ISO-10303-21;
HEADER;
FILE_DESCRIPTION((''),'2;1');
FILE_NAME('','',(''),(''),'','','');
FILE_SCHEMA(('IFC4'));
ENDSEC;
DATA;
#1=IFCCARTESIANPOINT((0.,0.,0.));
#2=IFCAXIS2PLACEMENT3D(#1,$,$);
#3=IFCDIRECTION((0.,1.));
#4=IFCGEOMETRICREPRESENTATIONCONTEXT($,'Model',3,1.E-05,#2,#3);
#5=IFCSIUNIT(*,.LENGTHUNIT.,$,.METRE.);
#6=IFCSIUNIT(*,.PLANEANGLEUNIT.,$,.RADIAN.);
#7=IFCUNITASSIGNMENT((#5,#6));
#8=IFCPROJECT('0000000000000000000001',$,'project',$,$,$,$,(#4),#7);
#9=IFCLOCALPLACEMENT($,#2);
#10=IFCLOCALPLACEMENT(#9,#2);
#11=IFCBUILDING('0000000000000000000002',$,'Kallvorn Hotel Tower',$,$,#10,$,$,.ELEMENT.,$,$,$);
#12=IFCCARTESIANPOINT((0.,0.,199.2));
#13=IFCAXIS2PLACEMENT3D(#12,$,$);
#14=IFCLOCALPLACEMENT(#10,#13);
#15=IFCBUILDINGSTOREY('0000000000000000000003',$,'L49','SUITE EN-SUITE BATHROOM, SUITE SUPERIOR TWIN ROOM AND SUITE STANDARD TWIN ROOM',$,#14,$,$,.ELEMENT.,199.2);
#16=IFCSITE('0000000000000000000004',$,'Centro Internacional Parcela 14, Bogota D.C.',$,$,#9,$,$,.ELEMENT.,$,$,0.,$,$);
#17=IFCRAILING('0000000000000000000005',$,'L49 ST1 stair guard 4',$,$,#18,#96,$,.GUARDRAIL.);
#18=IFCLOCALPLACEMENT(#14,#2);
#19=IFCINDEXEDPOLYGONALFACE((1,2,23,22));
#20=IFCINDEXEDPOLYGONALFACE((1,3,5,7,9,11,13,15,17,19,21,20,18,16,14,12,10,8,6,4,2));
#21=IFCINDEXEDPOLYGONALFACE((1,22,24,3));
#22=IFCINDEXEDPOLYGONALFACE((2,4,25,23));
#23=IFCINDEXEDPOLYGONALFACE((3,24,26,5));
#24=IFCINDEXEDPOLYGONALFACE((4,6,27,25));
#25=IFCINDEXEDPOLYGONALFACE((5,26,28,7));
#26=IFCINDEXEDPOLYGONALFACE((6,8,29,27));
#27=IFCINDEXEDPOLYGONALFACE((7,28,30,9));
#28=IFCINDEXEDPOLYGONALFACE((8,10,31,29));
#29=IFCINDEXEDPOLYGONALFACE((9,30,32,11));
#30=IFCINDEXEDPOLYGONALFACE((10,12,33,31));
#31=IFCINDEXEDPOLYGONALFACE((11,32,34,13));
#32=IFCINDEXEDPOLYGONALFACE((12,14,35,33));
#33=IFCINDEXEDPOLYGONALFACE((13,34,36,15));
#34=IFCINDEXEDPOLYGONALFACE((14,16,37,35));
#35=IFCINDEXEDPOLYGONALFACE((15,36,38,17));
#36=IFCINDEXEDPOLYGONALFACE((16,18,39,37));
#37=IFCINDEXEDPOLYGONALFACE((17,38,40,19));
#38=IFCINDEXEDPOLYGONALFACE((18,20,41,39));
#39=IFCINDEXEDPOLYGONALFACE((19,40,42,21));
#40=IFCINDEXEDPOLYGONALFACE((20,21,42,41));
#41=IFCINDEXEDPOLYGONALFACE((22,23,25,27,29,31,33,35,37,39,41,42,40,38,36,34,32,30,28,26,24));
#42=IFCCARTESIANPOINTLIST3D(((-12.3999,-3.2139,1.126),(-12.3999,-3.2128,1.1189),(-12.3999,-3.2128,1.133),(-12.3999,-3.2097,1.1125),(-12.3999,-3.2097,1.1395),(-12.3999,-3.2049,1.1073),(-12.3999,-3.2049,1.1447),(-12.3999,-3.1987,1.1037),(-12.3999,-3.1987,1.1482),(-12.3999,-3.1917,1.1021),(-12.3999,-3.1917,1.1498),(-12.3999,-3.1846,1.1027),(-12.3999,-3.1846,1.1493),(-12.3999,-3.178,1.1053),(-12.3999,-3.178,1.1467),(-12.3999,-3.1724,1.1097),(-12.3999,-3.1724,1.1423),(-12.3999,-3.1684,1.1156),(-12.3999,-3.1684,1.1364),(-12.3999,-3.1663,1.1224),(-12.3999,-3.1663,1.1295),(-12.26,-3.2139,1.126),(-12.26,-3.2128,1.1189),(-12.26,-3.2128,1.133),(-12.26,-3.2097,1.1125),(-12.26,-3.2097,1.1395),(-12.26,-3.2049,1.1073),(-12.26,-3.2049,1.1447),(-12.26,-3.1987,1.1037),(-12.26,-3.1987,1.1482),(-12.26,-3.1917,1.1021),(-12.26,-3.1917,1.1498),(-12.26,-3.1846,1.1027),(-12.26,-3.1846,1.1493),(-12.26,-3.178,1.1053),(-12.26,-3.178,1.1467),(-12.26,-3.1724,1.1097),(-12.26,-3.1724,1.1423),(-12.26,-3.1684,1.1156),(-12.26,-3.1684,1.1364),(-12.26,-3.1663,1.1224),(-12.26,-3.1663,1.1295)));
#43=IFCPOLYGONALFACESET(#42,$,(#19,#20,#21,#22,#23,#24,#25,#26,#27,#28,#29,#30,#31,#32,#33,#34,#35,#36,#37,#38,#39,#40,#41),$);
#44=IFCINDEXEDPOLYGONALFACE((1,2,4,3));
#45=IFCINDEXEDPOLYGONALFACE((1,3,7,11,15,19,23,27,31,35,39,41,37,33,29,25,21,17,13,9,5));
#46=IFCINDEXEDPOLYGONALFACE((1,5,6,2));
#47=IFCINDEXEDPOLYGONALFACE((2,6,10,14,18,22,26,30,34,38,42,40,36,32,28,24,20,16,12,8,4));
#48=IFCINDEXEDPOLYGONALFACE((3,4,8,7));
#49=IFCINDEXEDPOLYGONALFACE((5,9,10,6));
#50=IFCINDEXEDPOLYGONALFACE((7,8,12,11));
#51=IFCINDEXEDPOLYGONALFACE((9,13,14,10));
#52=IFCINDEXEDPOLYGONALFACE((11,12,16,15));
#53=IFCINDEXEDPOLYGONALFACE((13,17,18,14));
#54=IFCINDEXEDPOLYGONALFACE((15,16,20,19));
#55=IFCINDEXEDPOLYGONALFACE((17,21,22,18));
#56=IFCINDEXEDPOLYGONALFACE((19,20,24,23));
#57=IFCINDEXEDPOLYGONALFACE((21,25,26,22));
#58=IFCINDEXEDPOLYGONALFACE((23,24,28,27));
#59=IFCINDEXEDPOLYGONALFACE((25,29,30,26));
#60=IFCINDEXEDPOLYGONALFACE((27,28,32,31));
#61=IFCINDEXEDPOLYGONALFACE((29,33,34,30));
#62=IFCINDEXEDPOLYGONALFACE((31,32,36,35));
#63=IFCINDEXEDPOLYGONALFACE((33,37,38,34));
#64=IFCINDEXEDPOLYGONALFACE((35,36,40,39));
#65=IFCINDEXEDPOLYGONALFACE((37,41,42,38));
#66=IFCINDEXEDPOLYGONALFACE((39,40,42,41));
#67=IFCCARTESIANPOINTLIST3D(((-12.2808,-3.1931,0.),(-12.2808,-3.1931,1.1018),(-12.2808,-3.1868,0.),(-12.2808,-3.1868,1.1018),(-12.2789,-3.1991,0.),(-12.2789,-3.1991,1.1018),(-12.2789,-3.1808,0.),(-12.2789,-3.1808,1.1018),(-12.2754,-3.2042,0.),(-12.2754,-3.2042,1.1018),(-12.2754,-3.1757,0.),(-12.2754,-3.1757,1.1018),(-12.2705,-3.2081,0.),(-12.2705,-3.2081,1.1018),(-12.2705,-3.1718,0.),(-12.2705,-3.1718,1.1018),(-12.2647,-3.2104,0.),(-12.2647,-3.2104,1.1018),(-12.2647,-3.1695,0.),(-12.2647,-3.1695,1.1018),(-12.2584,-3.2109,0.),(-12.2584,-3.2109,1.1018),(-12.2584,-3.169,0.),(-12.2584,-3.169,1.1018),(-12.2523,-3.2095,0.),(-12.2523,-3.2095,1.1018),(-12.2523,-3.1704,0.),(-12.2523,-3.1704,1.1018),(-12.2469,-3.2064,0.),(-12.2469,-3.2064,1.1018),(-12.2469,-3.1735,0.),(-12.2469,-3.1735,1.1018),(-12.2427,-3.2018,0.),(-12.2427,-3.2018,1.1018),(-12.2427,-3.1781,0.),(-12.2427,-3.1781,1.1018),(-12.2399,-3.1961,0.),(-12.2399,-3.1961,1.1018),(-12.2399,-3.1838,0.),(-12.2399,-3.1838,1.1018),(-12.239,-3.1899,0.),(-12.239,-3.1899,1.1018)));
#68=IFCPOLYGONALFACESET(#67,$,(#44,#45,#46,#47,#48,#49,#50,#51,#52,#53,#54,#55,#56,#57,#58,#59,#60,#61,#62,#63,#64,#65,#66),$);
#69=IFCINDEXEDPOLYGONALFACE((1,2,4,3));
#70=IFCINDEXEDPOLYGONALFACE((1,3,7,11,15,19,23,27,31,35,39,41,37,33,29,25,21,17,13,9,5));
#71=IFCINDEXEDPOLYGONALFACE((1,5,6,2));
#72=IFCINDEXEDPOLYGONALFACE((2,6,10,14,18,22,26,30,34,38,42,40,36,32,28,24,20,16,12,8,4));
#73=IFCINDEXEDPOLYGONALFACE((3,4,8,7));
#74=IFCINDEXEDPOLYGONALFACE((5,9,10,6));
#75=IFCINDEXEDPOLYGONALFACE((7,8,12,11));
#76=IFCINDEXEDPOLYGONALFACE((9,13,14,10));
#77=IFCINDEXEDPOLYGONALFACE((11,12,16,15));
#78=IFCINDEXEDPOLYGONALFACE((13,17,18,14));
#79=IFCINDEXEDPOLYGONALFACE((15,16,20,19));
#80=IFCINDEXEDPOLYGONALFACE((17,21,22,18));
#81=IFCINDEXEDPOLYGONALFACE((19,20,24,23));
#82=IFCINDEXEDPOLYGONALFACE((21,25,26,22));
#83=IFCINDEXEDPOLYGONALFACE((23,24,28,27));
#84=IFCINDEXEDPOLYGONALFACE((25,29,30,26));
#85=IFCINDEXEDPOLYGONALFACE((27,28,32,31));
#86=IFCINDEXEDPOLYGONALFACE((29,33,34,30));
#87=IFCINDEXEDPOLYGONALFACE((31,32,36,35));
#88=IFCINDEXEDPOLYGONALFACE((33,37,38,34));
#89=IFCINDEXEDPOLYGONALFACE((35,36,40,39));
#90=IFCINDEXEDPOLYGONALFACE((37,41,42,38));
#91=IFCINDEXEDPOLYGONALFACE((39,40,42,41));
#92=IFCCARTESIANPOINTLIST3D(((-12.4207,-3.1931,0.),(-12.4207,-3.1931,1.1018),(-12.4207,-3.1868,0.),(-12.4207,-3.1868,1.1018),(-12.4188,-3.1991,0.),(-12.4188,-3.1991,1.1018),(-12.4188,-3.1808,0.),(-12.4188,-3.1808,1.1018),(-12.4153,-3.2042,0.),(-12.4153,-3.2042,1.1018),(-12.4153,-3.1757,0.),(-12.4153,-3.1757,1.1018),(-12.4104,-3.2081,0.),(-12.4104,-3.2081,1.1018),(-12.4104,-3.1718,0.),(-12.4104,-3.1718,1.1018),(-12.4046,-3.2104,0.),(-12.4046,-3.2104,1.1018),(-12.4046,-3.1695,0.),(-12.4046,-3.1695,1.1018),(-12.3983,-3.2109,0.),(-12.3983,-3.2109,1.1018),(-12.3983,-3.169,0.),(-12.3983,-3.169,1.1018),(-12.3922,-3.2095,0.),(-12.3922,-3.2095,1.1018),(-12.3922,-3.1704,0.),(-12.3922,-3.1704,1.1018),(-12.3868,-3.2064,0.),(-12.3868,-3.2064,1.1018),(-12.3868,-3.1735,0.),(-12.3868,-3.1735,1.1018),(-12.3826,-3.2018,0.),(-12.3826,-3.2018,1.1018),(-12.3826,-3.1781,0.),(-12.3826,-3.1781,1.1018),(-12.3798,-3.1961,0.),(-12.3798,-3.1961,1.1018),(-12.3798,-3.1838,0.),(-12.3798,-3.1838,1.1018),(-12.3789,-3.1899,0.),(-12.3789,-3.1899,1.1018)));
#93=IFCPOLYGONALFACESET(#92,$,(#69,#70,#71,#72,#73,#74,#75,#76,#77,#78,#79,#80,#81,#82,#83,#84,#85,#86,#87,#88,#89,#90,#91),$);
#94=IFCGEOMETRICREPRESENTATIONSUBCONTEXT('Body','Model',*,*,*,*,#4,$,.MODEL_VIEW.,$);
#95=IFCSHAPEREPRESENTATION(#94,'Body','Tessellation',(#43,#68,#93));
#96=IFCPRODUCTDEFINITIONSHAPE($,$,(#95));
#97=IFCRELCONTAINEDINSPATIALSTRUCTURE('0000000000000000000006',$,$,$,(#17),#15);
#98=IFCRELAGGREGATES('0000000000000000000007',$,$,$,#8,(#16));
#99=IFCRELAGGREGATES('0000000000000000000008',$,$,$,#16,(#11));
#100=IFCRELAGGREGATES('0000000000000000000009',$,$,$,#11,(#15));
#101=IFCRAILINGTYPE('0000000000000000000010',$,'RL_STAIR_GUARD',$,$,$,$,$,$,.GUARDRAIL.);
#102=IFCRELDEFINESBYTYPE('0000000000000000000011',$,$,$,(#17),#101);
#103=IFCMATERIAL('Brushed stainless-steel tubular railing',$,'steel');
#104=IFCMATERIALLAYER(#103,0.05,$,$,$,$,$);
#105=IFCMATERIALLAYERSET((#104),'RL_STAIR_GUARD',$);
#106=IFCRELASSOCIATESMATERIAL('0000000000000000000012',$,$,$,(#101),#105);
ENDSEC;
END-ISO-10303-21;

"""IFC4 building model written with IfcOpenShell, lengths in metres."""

from ifc_helpers import new_model, si_unit, direction, frame, origin, origin_2d, place, context, subcontext, project, spatial, circle, extrude, material, layer, layer_set, type_object, element, save


model = new_model("IFC4")

# Units and contexts
model_context = context("Model", 3, precision=1e-05, world=origin(), true_north=direction((0.0, 1.0)))
body_context = subcontext(model_context, "Body", "Model", "MODEL_VIEW")
ifc_project = project(units=[si_unit("LENGTHUNIT", "METRE"), si_unit("PLANEANGLEUNIT", "RADIAN")], contexts=[model_context])

# Site, building, storey
site_placement = place(None, origin())
site = spatial("IfcSite", under=ifc_project, at=site_placement, Name="Centro Internacional Parcela 14, Bogota D.C.", CompositionType="ELEMENT", RefElevation=0.0)
building_placement = place(site_placement, origin())
building = spatial("IfcBuilding", under=site, at=building_placement, Name="Kallvorn Hotel Tower", CompositionType="ELEMENT")
storey_placement = place(building_placement, frame((0.0, 0.0, 199.2)))
storey = spatial("IfcBuildingStorey", under=building, at=storey_placement, Name="L49", Description="SUITE EN-SUITE BATHROOM, SUITE SUPERIOR TWIN ROOM AND SUITE STANDARD TWIN ROOM", CompositionType="ELEMENT", Elevation=199.2)

# Railing
ifc_material_1 = material(Name="Brushed stainless-steel tubular railing", Category="steel")
ifc_layer_1 = layer(ifc_material_1, 0.05)
ifc_layer_set_1 = layer_set([ifc_layer_1], Name="RL_STAIR_GUARD")
railing_type_1 = type_object("IfcRailingType", Name="RL_STAIR_GUARD", PredefinedType="GUARDRAIL", material=ifc_layer_set_1)
railing_1_placement = place(storey_placement, frame((-12.26, -3.1899, 0.0)))
element("IfcRailing", 1, at=railing_1_placement, inside=storey, type_object=railing_type_1, Name="L49 ST1 stair guard 4", PredefinedType="GUARDRAIL", context=body_context, shape_type="SweptSolid", body=[
    extrude(circle(Radius=0.0239, at=origin_2d()), frame((0.0, 0.0, 1.126), z_axis=(-1.0, 0.0, 0.0), x_axis=(0.0, -1.0, 0.0)), (0.0, 0.0, 1.0), 0.1399),
    extrude(circle(Radius=0.021, at=origin_2d()), origin(), (0.0, 0.0, 1.0), 1.1018),
    extrude(circle(Radius=0.021, at=origin_2d()), frame((-0.1399, 0.0, 0.0)), (0.0, 0.0, 1.0), 1.1018),
])

save(model, "model.ifc")
